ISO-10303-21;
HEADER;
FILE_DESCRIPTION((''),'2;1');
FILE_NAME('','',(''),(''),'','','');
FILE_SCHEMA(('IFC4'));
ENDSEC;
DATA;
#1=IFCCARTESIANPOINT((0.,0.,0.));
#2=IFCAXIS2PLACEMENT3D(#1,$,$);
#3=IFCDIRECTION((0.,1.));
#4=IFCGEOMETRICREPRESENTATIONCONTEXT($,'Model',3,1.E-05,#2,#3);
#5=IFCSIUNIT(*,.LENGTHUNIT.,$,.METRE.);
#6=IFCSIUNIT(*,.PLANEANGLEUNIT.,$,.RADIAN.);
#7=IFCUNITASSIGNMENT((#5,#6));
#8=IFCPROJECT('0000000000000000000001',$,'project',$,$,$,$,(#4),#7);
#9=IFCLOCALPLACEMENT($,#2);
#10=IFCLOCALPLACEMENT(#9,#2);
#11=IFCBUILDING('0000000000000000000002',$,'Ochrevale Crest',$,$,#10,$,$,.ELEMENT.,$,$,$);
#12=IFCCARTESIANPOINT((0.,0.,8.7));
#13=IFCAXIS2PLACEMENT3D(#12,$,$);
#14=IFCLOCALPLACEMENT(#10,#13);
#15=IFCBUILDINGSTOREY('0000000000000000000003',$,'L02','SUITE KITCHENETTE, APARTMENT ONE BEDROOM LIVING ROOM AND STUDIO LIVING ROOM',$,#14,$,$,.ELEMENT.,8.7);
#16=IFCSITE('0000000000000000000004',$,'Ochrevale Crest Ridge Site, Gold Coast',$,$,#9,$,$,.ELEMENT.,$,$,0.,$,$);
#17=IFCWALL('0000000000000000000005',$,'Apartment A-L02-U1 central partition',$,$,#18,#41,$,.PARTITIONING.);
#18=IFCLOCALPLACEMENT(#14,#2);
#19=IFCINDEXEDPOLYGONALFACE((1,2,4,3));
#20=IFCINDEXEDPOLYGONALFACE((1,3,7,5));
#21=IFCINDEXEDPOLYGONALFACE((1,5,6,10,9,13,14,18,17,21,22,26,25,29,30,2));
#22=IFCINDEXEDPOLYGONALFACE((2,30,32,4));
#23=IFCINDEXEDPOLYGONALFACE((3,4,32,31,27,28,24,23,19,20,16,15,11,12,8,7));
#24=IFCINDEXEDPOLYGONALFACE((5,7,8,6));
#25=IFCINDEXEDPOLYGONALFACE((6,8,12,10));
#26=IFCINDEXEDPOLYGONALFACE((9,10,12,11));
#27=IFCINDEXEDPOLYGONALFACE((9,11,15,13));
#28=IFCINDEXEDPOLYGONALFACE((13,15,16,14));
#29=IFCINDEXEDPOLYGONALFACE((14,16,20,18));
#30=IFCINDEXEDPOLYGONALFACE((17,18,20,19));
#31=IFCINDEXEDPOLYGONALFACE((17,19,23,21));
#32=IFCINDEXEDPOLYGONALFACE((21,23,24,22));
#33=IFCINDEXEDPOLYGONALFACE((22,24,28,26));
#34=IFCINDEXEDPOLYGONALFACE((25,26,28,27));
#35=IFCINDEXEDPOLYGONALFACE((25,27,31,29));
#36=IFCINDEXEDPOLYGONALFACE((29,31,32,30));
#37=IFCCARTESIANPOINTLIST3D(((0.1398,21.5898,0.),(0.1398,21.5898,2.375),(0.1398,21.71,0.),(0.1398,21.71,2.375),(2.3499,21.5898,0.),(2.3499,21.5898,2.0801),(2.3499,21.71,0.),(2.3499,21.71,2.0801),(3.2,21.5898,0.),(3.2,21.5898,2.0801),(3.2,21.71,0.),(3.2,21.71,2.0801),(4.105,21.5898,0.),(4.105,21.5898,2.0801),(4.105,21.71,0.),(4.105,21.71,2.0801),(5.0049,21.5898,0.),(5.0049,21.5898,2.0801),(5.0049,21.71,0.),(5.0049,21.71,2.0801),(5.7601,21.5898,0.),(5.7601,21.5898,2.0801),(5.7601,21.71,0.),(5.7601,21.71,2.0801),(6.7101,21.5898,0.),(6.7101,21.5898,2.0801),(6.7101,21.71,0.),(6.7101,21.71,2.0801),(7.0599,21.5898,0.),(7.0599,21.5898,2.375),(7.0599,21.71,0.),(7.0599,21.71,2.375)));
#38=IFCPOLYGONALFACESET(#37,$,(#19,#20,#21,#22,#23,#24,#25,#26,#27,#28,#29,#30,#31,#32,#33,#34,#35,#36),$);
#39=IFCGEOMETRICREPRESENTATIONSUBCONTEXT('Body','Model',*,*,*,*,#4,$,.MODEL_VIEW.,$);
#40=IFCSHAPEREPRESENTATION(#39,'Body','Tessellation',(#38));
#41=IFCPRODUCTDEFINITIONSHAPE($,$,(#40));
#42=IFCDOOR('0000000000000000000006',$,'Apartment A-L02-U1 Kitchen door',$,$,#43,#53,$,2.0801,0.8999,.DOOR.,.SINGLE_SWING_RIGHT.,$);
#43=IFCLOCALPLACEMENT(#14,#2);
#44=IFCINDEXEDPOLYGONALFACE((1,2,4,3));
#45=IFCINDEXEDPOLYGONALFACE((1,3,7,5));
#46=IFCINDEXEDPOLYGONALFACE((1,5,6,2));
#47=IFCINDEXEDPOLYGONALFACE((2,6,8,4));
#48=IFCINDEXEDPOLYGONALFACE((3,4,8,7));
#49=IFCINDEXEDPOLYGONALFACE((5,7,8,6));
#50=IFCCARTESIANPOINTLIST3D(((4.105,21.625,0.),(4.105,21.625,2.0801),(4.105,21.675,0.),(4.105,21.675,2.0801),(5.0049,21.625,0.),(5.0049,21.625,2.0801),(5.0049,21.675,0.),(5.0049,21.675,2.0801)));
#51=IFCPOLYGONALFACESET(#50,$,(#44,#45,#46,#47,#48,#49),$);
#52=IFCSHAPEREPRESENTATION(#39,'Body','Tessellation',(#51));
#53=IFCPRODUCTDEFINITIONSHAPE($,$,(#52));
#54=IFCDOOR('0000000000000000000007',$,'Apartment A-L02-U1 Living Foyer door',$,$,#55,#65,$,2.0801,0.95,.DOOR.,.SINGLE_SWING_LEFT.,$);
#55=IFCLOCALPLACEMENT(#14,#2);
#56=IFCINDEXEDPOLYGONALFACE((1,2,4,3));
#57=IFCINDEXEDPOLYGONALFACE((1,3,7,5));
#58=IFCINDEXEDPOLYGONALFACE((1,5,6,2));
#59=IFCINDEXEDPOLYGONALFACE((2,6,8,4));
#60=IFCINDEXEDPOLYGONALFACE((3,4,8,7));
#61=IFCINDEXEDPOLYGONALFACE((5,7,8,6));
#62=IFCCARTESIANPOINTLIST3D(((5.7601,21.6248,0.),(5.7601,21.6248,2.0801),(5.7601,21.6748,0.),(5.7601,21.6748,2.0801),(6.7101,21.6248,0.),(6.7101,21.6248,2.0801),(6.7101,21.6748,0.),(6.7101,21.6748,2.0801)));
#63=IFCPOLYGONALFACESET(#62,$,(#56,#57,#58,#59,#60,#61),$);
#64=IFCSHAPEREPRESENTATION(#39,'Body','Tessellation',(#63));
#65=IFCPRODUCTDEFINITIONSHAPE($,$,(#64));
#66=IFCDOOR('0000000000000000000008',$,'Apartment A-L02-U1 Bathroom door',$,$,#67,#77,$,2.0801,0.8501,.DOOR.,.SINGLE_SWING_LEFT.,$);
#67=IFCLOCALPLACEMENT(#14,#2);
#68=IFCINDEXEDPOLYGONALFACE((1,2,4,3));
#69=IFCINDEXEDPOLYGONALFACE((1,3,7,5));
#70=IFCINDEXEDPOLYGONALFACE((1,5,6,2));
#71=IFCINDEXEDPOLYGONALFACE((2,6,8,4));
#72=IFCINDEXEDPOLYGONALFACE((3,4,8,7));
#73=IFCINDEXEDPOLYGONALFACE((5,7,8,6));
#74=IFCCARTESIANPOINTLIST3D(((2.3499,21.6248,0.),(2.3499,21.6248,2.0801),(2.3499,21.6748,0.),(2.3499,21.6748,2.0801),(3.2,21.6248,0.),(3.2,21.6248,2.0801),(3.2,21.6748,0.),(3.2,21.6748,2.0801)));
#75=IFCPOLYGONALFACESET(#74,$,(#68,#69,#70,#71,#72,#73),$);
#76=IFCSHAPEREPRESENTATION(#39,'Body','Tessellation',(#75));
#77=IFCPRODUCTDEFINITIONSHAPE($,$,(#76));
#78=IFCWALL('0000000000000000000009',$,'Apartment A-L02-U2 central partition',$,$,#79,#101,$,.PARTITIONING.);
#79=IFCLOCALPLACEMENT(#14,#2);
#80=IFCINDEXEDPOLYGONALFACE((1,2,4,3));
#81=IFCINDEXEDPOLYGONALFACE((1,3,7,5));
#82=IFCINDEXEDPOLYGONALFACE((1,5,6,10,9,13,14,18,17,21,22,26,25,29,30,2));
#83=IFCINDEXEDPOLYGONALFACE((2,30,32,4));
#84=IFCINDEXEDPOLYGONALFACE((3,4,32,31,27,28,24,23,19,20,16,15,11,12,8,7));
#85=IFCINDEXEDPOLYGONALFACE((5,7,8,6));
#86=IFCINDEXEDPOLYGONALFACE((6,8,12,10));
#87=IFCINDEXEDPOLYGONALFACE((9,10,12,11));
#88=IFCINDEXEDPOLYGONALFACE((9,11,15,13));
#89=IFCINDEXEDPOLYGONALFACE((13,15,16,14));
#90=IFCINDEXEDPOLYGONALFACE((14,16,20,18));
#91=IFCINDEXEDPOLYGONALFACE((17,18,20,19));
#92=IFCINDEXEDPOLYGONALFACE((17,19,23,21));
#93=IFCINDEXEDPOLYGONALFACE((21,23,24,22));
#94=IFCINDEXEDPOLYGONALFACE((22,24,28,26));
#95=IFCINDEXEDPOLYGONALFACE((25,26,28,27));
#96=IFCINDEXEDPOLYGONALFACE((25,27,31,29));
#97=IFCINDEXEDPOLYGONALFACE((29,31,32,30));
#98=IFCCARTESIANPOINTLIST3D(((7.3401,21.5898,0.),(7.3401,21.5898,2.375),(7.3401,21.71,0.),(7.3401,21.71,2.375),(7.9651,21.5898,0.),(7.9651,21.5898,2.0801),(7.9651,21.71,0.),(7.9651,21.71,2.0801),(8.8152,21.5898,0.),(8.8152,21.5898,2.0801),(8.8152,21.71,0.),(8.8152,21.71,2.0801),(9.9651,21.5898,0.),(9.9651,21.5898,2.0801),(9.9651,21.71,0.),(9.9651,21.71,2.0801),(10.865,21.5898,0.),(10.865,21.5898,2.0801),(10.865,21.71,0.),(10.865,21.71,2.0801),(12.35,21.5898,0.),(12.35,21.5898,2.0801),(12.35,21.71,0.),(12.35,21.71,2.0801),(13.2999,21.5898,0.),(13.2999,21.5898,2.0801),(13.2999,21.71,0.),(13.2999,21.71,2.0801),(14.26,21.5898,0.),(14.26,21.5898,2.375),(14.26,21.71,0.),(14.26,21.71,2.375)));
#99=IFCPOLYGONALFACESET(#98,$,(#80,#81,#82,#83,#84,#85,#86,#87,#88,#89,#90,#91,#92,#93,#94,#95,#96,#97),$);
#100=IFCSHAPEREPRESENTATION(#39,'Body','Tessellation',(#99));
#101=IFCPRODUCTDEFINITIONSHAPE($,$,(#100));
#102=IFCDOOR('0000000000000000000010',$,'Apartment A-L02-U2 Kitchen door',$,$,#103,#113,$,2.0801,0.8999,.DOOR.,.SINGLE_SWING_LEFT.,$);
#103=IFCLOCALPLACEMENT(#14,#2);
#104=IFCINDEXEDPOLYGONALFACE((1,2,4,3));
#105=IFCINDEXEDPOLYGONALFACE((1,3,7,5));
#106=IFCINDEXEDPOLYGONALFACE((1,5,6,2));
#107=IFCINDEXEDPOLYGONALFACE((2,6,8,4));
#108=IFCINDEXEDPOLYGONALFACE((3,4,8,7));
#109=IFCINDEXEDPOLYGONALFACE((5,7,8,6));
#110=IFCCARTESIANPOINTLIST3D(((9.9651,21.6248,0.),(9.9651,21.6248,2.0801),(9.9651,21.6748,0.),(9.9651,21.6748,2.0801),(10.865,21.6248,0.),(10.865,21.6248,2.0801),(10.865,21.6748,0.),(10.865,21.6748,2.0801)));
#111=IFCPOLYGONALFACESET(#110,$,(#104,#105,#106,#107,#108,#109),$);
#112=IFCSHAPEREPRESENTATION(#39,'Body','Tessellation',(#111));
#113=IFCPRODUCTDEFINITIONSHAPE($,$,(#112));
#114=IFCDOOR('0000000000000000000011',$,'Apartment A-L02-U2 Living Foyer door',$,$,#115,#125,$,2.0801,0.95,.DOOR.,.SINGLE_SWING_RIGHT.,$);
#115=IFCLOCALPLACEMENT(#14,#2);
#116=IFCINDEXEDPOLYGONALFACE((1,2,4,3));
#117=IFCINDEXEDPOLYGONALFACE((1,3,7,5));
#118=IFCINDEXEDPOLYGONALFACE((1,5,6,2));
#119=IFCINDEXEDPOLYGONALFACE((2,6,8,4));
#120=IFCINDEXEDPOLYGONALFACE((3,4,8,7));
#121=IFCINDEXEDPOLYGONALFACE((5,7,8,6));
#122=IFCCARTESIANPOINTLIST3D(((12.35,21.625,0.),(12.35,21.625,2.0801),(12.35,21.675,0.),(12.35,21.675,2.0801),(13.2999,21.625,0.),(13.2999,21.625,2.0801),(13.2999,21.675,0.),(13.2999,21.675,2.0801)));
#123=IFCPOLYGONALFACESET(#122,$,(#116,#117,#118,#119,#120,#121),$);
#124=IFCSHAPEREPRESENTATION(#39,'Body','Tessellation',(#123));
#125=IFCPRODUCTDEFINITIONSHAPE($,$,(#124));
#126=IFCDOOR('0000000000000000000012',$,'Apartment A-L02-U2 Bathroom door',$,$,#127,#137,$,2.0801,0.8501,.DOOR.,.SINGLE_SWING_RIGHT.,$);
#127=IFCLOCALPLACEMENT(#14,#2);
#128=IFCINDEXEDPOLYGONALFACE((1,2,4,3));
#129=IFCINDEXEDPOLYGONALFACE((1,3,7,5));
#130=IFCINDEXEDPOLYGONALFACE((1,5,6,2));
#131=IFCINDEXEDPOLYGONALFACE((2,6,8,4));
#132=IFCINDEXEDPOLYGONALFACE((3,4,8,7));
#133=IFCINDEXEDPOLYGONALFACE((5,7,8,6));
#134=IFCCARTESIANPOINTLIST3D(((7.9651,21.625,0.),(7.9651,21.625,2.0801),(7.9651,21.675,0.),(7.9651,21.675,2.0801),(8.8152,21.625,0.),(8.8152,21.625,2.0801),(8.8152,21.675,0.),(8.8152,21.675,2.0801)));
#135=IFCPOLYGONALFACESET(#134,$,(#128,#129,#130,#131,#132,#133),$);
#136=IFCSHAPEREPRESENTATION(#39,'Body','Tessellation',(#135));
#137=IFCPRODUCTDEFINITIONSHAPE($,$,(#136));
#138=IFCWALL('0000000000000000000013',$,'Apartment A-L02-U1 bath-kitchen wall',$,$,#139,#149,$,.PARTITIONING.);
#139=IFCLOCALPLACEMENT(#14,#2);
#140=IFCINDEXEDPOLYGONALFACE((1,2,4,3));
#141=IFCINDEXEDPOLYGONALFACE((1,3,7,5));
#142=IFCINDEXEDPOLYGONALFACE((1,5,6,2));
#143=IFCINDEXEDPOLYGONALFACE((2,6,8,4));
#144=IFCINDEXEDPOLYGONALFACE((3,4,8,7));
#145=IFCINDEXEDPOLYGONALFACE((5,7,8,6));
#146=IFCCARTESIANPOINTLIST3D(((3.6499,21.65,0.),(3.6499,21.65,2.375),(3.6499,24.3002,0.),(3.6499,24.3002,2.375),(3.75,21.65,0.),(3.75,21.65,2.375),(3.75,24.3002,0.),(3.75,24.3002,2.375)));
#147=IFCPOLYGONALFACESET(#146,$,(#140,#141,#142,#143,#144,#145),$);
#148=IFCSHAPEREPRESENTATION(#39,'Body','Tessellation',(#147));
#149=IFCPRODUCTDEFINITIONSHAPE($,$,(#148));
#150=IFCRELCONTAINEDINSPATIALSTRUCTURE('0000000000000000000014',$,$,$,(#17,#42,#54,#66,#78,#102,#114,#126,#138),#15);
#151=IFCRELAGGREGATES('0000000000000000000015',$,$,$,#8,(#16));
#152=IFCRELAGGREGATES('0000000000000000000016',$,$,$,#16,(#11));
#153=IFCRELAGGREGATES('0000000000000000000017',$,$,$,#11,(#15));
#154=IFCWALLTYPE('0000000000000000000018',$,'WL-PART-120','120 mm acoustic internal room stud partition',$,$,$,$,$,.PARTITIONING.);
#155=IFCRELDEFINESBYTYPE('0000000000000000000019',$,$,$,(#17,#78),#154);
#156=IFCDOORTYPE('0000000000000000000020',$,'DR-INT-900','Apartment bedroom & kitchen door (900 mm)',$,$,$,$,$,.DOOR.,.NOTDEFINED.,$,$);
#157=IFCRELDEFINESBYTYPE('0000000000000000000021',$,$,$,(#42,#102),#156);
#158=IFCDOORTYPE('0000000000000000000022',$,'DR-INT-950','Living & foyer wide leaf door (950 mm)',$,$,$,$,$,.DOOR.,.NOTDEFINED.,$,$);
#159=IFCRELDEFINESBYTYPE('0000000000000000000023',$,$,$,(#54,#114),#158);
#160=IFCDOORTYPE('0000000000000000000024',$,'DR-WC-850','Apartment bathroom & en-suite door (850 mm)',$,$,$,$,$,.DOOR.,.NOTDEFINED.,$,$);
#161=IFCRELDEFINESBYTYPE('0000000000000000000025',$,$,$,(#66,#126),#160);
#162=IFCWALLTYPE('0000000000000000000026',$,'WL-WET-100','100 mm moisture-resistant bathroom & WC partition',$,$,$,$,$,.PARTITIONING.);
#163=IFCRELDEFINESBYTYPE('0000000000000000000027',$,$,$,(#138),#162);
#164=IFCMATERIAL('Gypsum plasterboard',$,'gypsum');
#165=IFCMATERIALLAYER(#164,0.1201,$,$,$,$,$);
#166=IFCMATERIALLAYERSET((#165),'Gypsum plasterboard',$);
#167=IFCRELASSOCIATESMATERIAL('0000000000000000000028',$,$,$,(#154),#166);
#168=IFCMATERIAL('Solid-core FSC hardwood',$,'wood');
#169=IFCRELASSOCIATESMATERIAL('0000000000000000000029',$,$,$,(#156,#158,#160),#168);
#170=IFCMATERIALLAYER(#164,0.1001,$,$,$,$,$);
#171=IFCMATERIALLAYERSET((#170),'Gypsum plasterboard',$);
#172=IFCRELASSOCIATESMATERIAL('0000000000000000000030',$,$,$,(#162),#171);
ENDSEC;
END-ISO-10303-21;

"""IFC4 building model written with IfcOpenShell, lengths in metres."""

from ifc_helpers import new_model, si_unit, direction, frame, frame_2d, origin, place, context, subcontext, project, spatial, rectangle, extrude, material, layer, layer_set, type_object, element, fill, save


model = new_model("IFC4")

# Units and contexts
model_context = context("Model", 3, precision=1e-05, world=origin(), true_north=direction((0.0, 1.0)))
body_context = subcontext(model_context, "Body", "Model", "MODEL_VIEW")
ifc_project = project(units=[si_unit("LENGTHUNIT", "METRE"), si_unit("PLANEANGLEUNIT", "RADIAN")], contexts=[model_context])

# Site, building, storey
site_placement = place(None, origin())
site = spatial("IfcSite", under=ifc_project, at=site_placement, Name="Ochrevale Crest Ridge Site, Gold Coast", CompositionType="ELEMENT", RefElevation=0.0)
building_placement = place(site_placement, origin())
building = spatial("IfcBuilding", under=site, at=building_placement, Name="Ochrevale Crest", CompositionType="ELEMENT")
storey_placement = place(building_placement, frame((0.0, 0.0, 8.7)))
storey = spatial("IfcBuildingStorey", under=building, at=storey_placement, Name="L02", Description="SUITE KITCHENETTE, APARTMENT ONE BEDROOM LIVING ROOM AND STUDIO LIVING ROOM", CompositionType="ELEMENT", Elevation=8.7)

# Shared definitions
ifc_material_1 = material(Name="Gypsum plasterboard", Category="gypsum")
ifc_layer_1 = layer(ifc_material_1, 0.1201)
ifc_layer_set_1 = layer_set([ifc_layer_1], Name="Gypsum plasterboard")
wall_type_1 = type_object("IfcWallType", Name="WL-PART-120", Description="120 mm acoustic internal room stud partition", PredefinedType="PARTITIONING", material=ifc_layer_set_1)

# Walls, openings, doors
wall_1_placement = place(storey_placement, frame((0.1399, 21.6499, 0.0), z_axis=(0.0, 0.0, 1.0), x_axis=(1.0, 0.0, 0.0)))
wall_1 = element("IfcWall", 1, at=wall_1_placement, inside=storey, type_object=wall_type_1, Name="Apartment A-L02-U1 central partition", PredefinedType="PARTITIONING", context=body_context, shape_type="SweptSolid", body=[
    extrude(rectangle(XDim=6.9202, YDim=0.1201, at=frame_2d((3.46, 0.0))), origin(), (0.0, 0.0, 1.0), 2.375),
])
opening_1_placement = place(wall_1_placement, frame((2.21, 0.0, 0.0)))
opening_1 = element("IfcOpeningElement", 2, at=opening_1_placement, cuts=wall_1, PredefinedType="OPENING", context=body_context, shape_type="SweptSolid", body=[
    extrude(rectangle(XDim=0.8501, YDim=2.0801, at=frame_2d((0.425, 1.04))), frame((0.0, 0.0701, 0.0), z_axis=(0.0, -1.0, 0.0), x_axis=(1.0, 0.0, 0.0)), (0.0, 0.0, 1.0), 0.1401),
])
opening_2_placement = place(wall_1_placement, frame((4.865, 0.0, 0.0), z_axis=(0.0, 0.0, 1.0), x_axis=(-1.0, 0.0, 0.0)))
opening_2 = element("IfcOpeningElement", 3, at=opening_2_placement, cuts=wall_1, PredefinedType="OPENING", context=body_context, shape_type="SweptSolid", body=[
    extrude(rectangle(XDim=0.8999, YDim=2.0801, at=frame_2d((0.45, 1.04))), frame((0.0, 0.0701, 0.0), z_axis=(0.0, -1.0, 0.0), x_axis=(1.0, 0.0, 0.0)), (0.0, 0.0, 1.0), 0.1401),
])
opening_3_placement = place(wall_1_placement, frame((5.6201, 0.0, 0.0)))
opening_3 = element("IfcOpeningElement", 4, at=opening_3_placement, cuts=wall_1, PredefinedType="OPENING", context=body_context, shape_type="SweptSolid", body=[
    extrude(rectangle(XDim=0.95, YDim=2.0801, at=frame_2d((0.4751, 1.04))), frame((0.0, 0.0701, 0.0), z_axis=(0.0, -1.0, 0.0), x_axis=(1.0, 0.0, 0.0)), (0.0, 0.0, 1.0), 0.1401),
])
ifc_material_2 = material(Name="Solid-core FSC hardwood", Category="wood")
door_type_1 = type_object("IfcDoorType", Name="DR-INT-900", Description="Apartment bedroom & kitchen door (900 mm)", OperationType="NOTDEFINED", PredefinedType="DOOR", material=ifc_material_2)
door_1_placement = place(opening_2_placement, origin())
door_1 = element("IfcDoor", 5, at=door_1_placement, inside=storey, type_object=door_type_1, Name="Apartment A-L02-U1 Kitchen door", OperationType="SINGLE_SWING_RIGHT", OverallHeight=2.0801, OverallWidth=0.8999, PredefinedType="DOOR", context=body_context, shape_type="SweptSolid", body=[
    extrude(rectangle(XDim=0.8999, YDim=2.0801, at=frame_2d((0.45, 1.04))), frame((0.0, 0.0249, 0.0), z_axis=(0.0, -1.0, 0.0), x_axis=(1.0, 0.0, 0.0)), (0.0, 0.0, 1.0), 0.05),
])
fill(opening_2, door_1)
door_type_2 = type_object("IfcDoorType", Name="DR-INT-950", Description="Living & foyer wide leaf door (950 mm)", OperationType="NOTDEFINED", PredefinedType="DOOR", material=ifc_material_2)
door_2_placement = place(opening_3_placement, origin())
door_2 = element("IfcDoor", 6, at=door_2_placement, inside=storey, type_object=door_type_2, Name="Apartment A-L02-U1 Living Foyer door", OperationType="SINGLE_SWING_LEFT", OverallHeight=2.0801, OverallWidth=0.95, PredefinedType="DOOR", context=body_context, shape_type="SweptSolid", body=[
    extrude(rectangle(XDim=0.95, YDim=2.0801, at=frame_2d((0.4751, 1.04))), frame((0.0, 0.0249, 0.0), z_axis=(0.0, -1.0, 0.0), x_axis=(1.0, 0.0, 0.0)), (0.0, 0.0, 1.0), 0.05),
])
fill(opening_3, door_2)
door_type_3 = type_object("IfcDoorType", Name="DR-WC-850", Description="Apartment bathroom & en-suite door (850 mm)", OperationType="NOTDEFINED", PredefinedType="DOOR", material=ifc_material_2)
door_3_placement = place(opening_1_placement, origin())
door_3 = element("IfcDoor", 7, at=door_3_placement, inside=storey, type_object=door_type_3, Name="Apartment A-L02-U1 Bathroom door", OperationType="SINGLE_SWING_LEFT", OverallHeight=2.0801, OverallWidth=0.8501, PredefinedType="DOOR", context=body_context, shape_type="SweptSolid", body=[
    extrude(rectangle(XDim=0.8501, YDim=2.0801, at=frame_2d((0.425, 1.04))), frame((0.0, 0.0249, 0.0), z_axis=(0.0, -1.0, 0.0), x_axis=(1.0, 0.0, 0.0)), (0.0, 0.0, 1.0), 0.05),
])
fill(opening_1, door_3)
wall_2_placement = place(storey_placement, frame((7.3401, 21.6499, 0.0), z_axis=(0.0, 0.0, 1.0), x_axis=(1.0, 0.0, 0.0)))
wall_2 = element("IfcWall", 8, at=wall_2_placement, inside=storey, type_object=wall_type_1, Name="Apartment A-L02-U2 central partition", PredefinedType="PARTITIONING", context=body_context, shape_type="SweptSolid", body=[
    extrude(rectangle(XDim=6.9199, YDim=0.1201, at=frame_2d((3.46, 0.0))), origin(), (0.0, 0.0, 1.0), 2.375),
])
opening_4_placement = place(wall_2_placement, frame((1.4751, 0.0, 0.0), z_axis=(0.0, 0.0, 1.0), x_axis=(-1.0, 0.0, 0.0)))
opening_4 = element("IfcOpeningElement", 9, at=opening_4_placement, cuts=wall_2, PredefinedType="OPENING", context=body_context, shape_type="SweptSolid", body=[
    extrude(rectangle(XDim=0.8501, YDim=2.0801, at=frame_2d((0.425, 1.04))), frame((0.0, 0.0701, 0.0), z_axis=(0.0, -1.0, 0.0), x_axis=(1.0, 0.0, 0.0)), (0.0, 0.0, 1.0), 0.1401),
])
opening_5_placement = place(wall_2_placement, frame((2.625, 0.0, 0.0)))
opening_5 = element("IfcOpeningElement", 10, at=opening_5_placement, cuts=wall_2, PredefinedType="OPENING", context=body_context, shape_type="SweptSolid", body=[
    extrude(rectangle(XDim=0.8999, YDim=2.0801, at=frame_2d((0.45, 1.04))), frame((0.0, 0.0701, 0.0), z_axis=(0.0, -1.0, 0.0), x_axis=(1.0, 0.0, 0.0)), (0.0, 0.0, 1.0), 0.1401),
])
opening_6_placement = place(wall_2_placement, frame((5.96, 0.0, 0.0), z_axis=(0.0, 0.0, 1.0), x_axis=(-1.0, 0.0, 0.0)))
opening_6 = element("IfcOpeningElement", 11, at=opening_6_placement, cuts=wall_2, PredefinedType="OPENING", context=body_context, shape_type="SweptSolid", body=[
    extrude(rectangle(XDim=0.95, YDim=2.0801, at=frame_2d((0.4751, 1.04))), frame((0.0, 0.0701, 0.0), z_axis=(0.0, -1.0, 0.0), x_axis=(1.0, 0.0, 0.0)), (0.0, 0.0, 1.0), 0.1401),
])
door_4_placement = place(opening_5_placement, origin())
door_4 = element("IfcDoor", 12, at=door_4_placement, inside=storey, type_object=door_type_1, Name="Apartment A-L02-U2 Kitchen door", OperationType="SINGLE_SWING_LEFT", OverallHeight=2.0801, OverallWidth=0.8999, PredefinedType="DOOR", context=body_context, shape_type="SweptSolid", body=[
    extrude(rectangle(XDim=0.8999, YDim=2.0801, at=frame_2d((0.45, 1.04))), frame((0.0, 0.0249, 0.0), z_axis=(0.0, -1.0, 0.0), x_axis=(1.0, 0.0, 0.0)), (0.0, 0.0, 1.0), 0.05),
])
fill(opening_5, door_4)
door_5_placement = place(opening_6_placement, origin())
door_5 = element("IfcDoor", 13, at=door_5_placement, inside=storey, type_object=door_type_2, Name="Apartment A-L02-U2 Living Foyer door", OperationType="SINGLE_SWING_RIGHT", OverallHeight=2.0801, OverallWidth=0.95, PredefinedType="DOOR", context=body_context, shape_type="SweptSolid", body=[
    extrude(rectangle(XDim=0.95, YDim=2.0801, at=frame_2d((0.4751, 1.04))), frame((0.0, 0.0249, 0.0), z_axis=(0.0, -1.0, 0.0), x_axis=(1.0, 0.0, 0.0)), (0.0, 0.0, 1.0), 0.05),
])
fill(opening_6, door_5)
door_6_placement = place(opening_4_placement, origin())
door_6 = element("IfcDoor", 14, at=door_6_placement, inside=storey, type_object=door_type_3, Name="Apartment A-L02-U2 Bathroom door", OperationType="SINGLE_SWING_RIGHT", OverallHeight=2.0801, OverallWidth=0.8501, PredefinedType="DOOR", context=body_context, shape_type="SweptSolid", body=[
    extrude(rectangle(XDim=0.8501, YDim=2.0801, at=frame_2d((0.425, 1.04))), frame((0.0, 0.0249, 0.0), z_axis=(0.0, -1.0, 0.0), x_axis=(1.0, 0.0, 0.0)), (0.0, 0.0, 1.0), 0.05),
])
fill(opening_4, door_6)

# Wall
ifc_layer_2 = layer(ifc_material_1, 0.1001)
ifc_layer_set_2 = layer_set([ifc_layer_2], Name="Gypsum plasterboard")
wall_type_2 = type_object("IfcWallType", Name="WL-WET-100", Description="100 mm moisture-resistant bathroom & WC partition", PredefinedType="PARTITIONING", material=ifc_layer_set_2)
wall_3_placement = place(storey_placement, frame((3.7, 21.6499, 0.0), z_axis=(0.0, 0.0, 1.0), x_axis=(0.0, 1.0, 0.0)))
element("IfcWall", 15, at=wall_3_placement, inside=storey, type_object=wall_type_2, Name="Apartment A-L02-U1 bath-kitchen wall", PredefinedType="PARTITIONING", context=body_context, shape_type="SweptSolid", body=[
    extrude(rectangle(XDim=2.6501, YDim=0.1001, at=frame_2d((1.3252, 0.0))), origin(), (0.0, 0.0, 1.0), 2.375),
])

save(model, "model.ifc")
